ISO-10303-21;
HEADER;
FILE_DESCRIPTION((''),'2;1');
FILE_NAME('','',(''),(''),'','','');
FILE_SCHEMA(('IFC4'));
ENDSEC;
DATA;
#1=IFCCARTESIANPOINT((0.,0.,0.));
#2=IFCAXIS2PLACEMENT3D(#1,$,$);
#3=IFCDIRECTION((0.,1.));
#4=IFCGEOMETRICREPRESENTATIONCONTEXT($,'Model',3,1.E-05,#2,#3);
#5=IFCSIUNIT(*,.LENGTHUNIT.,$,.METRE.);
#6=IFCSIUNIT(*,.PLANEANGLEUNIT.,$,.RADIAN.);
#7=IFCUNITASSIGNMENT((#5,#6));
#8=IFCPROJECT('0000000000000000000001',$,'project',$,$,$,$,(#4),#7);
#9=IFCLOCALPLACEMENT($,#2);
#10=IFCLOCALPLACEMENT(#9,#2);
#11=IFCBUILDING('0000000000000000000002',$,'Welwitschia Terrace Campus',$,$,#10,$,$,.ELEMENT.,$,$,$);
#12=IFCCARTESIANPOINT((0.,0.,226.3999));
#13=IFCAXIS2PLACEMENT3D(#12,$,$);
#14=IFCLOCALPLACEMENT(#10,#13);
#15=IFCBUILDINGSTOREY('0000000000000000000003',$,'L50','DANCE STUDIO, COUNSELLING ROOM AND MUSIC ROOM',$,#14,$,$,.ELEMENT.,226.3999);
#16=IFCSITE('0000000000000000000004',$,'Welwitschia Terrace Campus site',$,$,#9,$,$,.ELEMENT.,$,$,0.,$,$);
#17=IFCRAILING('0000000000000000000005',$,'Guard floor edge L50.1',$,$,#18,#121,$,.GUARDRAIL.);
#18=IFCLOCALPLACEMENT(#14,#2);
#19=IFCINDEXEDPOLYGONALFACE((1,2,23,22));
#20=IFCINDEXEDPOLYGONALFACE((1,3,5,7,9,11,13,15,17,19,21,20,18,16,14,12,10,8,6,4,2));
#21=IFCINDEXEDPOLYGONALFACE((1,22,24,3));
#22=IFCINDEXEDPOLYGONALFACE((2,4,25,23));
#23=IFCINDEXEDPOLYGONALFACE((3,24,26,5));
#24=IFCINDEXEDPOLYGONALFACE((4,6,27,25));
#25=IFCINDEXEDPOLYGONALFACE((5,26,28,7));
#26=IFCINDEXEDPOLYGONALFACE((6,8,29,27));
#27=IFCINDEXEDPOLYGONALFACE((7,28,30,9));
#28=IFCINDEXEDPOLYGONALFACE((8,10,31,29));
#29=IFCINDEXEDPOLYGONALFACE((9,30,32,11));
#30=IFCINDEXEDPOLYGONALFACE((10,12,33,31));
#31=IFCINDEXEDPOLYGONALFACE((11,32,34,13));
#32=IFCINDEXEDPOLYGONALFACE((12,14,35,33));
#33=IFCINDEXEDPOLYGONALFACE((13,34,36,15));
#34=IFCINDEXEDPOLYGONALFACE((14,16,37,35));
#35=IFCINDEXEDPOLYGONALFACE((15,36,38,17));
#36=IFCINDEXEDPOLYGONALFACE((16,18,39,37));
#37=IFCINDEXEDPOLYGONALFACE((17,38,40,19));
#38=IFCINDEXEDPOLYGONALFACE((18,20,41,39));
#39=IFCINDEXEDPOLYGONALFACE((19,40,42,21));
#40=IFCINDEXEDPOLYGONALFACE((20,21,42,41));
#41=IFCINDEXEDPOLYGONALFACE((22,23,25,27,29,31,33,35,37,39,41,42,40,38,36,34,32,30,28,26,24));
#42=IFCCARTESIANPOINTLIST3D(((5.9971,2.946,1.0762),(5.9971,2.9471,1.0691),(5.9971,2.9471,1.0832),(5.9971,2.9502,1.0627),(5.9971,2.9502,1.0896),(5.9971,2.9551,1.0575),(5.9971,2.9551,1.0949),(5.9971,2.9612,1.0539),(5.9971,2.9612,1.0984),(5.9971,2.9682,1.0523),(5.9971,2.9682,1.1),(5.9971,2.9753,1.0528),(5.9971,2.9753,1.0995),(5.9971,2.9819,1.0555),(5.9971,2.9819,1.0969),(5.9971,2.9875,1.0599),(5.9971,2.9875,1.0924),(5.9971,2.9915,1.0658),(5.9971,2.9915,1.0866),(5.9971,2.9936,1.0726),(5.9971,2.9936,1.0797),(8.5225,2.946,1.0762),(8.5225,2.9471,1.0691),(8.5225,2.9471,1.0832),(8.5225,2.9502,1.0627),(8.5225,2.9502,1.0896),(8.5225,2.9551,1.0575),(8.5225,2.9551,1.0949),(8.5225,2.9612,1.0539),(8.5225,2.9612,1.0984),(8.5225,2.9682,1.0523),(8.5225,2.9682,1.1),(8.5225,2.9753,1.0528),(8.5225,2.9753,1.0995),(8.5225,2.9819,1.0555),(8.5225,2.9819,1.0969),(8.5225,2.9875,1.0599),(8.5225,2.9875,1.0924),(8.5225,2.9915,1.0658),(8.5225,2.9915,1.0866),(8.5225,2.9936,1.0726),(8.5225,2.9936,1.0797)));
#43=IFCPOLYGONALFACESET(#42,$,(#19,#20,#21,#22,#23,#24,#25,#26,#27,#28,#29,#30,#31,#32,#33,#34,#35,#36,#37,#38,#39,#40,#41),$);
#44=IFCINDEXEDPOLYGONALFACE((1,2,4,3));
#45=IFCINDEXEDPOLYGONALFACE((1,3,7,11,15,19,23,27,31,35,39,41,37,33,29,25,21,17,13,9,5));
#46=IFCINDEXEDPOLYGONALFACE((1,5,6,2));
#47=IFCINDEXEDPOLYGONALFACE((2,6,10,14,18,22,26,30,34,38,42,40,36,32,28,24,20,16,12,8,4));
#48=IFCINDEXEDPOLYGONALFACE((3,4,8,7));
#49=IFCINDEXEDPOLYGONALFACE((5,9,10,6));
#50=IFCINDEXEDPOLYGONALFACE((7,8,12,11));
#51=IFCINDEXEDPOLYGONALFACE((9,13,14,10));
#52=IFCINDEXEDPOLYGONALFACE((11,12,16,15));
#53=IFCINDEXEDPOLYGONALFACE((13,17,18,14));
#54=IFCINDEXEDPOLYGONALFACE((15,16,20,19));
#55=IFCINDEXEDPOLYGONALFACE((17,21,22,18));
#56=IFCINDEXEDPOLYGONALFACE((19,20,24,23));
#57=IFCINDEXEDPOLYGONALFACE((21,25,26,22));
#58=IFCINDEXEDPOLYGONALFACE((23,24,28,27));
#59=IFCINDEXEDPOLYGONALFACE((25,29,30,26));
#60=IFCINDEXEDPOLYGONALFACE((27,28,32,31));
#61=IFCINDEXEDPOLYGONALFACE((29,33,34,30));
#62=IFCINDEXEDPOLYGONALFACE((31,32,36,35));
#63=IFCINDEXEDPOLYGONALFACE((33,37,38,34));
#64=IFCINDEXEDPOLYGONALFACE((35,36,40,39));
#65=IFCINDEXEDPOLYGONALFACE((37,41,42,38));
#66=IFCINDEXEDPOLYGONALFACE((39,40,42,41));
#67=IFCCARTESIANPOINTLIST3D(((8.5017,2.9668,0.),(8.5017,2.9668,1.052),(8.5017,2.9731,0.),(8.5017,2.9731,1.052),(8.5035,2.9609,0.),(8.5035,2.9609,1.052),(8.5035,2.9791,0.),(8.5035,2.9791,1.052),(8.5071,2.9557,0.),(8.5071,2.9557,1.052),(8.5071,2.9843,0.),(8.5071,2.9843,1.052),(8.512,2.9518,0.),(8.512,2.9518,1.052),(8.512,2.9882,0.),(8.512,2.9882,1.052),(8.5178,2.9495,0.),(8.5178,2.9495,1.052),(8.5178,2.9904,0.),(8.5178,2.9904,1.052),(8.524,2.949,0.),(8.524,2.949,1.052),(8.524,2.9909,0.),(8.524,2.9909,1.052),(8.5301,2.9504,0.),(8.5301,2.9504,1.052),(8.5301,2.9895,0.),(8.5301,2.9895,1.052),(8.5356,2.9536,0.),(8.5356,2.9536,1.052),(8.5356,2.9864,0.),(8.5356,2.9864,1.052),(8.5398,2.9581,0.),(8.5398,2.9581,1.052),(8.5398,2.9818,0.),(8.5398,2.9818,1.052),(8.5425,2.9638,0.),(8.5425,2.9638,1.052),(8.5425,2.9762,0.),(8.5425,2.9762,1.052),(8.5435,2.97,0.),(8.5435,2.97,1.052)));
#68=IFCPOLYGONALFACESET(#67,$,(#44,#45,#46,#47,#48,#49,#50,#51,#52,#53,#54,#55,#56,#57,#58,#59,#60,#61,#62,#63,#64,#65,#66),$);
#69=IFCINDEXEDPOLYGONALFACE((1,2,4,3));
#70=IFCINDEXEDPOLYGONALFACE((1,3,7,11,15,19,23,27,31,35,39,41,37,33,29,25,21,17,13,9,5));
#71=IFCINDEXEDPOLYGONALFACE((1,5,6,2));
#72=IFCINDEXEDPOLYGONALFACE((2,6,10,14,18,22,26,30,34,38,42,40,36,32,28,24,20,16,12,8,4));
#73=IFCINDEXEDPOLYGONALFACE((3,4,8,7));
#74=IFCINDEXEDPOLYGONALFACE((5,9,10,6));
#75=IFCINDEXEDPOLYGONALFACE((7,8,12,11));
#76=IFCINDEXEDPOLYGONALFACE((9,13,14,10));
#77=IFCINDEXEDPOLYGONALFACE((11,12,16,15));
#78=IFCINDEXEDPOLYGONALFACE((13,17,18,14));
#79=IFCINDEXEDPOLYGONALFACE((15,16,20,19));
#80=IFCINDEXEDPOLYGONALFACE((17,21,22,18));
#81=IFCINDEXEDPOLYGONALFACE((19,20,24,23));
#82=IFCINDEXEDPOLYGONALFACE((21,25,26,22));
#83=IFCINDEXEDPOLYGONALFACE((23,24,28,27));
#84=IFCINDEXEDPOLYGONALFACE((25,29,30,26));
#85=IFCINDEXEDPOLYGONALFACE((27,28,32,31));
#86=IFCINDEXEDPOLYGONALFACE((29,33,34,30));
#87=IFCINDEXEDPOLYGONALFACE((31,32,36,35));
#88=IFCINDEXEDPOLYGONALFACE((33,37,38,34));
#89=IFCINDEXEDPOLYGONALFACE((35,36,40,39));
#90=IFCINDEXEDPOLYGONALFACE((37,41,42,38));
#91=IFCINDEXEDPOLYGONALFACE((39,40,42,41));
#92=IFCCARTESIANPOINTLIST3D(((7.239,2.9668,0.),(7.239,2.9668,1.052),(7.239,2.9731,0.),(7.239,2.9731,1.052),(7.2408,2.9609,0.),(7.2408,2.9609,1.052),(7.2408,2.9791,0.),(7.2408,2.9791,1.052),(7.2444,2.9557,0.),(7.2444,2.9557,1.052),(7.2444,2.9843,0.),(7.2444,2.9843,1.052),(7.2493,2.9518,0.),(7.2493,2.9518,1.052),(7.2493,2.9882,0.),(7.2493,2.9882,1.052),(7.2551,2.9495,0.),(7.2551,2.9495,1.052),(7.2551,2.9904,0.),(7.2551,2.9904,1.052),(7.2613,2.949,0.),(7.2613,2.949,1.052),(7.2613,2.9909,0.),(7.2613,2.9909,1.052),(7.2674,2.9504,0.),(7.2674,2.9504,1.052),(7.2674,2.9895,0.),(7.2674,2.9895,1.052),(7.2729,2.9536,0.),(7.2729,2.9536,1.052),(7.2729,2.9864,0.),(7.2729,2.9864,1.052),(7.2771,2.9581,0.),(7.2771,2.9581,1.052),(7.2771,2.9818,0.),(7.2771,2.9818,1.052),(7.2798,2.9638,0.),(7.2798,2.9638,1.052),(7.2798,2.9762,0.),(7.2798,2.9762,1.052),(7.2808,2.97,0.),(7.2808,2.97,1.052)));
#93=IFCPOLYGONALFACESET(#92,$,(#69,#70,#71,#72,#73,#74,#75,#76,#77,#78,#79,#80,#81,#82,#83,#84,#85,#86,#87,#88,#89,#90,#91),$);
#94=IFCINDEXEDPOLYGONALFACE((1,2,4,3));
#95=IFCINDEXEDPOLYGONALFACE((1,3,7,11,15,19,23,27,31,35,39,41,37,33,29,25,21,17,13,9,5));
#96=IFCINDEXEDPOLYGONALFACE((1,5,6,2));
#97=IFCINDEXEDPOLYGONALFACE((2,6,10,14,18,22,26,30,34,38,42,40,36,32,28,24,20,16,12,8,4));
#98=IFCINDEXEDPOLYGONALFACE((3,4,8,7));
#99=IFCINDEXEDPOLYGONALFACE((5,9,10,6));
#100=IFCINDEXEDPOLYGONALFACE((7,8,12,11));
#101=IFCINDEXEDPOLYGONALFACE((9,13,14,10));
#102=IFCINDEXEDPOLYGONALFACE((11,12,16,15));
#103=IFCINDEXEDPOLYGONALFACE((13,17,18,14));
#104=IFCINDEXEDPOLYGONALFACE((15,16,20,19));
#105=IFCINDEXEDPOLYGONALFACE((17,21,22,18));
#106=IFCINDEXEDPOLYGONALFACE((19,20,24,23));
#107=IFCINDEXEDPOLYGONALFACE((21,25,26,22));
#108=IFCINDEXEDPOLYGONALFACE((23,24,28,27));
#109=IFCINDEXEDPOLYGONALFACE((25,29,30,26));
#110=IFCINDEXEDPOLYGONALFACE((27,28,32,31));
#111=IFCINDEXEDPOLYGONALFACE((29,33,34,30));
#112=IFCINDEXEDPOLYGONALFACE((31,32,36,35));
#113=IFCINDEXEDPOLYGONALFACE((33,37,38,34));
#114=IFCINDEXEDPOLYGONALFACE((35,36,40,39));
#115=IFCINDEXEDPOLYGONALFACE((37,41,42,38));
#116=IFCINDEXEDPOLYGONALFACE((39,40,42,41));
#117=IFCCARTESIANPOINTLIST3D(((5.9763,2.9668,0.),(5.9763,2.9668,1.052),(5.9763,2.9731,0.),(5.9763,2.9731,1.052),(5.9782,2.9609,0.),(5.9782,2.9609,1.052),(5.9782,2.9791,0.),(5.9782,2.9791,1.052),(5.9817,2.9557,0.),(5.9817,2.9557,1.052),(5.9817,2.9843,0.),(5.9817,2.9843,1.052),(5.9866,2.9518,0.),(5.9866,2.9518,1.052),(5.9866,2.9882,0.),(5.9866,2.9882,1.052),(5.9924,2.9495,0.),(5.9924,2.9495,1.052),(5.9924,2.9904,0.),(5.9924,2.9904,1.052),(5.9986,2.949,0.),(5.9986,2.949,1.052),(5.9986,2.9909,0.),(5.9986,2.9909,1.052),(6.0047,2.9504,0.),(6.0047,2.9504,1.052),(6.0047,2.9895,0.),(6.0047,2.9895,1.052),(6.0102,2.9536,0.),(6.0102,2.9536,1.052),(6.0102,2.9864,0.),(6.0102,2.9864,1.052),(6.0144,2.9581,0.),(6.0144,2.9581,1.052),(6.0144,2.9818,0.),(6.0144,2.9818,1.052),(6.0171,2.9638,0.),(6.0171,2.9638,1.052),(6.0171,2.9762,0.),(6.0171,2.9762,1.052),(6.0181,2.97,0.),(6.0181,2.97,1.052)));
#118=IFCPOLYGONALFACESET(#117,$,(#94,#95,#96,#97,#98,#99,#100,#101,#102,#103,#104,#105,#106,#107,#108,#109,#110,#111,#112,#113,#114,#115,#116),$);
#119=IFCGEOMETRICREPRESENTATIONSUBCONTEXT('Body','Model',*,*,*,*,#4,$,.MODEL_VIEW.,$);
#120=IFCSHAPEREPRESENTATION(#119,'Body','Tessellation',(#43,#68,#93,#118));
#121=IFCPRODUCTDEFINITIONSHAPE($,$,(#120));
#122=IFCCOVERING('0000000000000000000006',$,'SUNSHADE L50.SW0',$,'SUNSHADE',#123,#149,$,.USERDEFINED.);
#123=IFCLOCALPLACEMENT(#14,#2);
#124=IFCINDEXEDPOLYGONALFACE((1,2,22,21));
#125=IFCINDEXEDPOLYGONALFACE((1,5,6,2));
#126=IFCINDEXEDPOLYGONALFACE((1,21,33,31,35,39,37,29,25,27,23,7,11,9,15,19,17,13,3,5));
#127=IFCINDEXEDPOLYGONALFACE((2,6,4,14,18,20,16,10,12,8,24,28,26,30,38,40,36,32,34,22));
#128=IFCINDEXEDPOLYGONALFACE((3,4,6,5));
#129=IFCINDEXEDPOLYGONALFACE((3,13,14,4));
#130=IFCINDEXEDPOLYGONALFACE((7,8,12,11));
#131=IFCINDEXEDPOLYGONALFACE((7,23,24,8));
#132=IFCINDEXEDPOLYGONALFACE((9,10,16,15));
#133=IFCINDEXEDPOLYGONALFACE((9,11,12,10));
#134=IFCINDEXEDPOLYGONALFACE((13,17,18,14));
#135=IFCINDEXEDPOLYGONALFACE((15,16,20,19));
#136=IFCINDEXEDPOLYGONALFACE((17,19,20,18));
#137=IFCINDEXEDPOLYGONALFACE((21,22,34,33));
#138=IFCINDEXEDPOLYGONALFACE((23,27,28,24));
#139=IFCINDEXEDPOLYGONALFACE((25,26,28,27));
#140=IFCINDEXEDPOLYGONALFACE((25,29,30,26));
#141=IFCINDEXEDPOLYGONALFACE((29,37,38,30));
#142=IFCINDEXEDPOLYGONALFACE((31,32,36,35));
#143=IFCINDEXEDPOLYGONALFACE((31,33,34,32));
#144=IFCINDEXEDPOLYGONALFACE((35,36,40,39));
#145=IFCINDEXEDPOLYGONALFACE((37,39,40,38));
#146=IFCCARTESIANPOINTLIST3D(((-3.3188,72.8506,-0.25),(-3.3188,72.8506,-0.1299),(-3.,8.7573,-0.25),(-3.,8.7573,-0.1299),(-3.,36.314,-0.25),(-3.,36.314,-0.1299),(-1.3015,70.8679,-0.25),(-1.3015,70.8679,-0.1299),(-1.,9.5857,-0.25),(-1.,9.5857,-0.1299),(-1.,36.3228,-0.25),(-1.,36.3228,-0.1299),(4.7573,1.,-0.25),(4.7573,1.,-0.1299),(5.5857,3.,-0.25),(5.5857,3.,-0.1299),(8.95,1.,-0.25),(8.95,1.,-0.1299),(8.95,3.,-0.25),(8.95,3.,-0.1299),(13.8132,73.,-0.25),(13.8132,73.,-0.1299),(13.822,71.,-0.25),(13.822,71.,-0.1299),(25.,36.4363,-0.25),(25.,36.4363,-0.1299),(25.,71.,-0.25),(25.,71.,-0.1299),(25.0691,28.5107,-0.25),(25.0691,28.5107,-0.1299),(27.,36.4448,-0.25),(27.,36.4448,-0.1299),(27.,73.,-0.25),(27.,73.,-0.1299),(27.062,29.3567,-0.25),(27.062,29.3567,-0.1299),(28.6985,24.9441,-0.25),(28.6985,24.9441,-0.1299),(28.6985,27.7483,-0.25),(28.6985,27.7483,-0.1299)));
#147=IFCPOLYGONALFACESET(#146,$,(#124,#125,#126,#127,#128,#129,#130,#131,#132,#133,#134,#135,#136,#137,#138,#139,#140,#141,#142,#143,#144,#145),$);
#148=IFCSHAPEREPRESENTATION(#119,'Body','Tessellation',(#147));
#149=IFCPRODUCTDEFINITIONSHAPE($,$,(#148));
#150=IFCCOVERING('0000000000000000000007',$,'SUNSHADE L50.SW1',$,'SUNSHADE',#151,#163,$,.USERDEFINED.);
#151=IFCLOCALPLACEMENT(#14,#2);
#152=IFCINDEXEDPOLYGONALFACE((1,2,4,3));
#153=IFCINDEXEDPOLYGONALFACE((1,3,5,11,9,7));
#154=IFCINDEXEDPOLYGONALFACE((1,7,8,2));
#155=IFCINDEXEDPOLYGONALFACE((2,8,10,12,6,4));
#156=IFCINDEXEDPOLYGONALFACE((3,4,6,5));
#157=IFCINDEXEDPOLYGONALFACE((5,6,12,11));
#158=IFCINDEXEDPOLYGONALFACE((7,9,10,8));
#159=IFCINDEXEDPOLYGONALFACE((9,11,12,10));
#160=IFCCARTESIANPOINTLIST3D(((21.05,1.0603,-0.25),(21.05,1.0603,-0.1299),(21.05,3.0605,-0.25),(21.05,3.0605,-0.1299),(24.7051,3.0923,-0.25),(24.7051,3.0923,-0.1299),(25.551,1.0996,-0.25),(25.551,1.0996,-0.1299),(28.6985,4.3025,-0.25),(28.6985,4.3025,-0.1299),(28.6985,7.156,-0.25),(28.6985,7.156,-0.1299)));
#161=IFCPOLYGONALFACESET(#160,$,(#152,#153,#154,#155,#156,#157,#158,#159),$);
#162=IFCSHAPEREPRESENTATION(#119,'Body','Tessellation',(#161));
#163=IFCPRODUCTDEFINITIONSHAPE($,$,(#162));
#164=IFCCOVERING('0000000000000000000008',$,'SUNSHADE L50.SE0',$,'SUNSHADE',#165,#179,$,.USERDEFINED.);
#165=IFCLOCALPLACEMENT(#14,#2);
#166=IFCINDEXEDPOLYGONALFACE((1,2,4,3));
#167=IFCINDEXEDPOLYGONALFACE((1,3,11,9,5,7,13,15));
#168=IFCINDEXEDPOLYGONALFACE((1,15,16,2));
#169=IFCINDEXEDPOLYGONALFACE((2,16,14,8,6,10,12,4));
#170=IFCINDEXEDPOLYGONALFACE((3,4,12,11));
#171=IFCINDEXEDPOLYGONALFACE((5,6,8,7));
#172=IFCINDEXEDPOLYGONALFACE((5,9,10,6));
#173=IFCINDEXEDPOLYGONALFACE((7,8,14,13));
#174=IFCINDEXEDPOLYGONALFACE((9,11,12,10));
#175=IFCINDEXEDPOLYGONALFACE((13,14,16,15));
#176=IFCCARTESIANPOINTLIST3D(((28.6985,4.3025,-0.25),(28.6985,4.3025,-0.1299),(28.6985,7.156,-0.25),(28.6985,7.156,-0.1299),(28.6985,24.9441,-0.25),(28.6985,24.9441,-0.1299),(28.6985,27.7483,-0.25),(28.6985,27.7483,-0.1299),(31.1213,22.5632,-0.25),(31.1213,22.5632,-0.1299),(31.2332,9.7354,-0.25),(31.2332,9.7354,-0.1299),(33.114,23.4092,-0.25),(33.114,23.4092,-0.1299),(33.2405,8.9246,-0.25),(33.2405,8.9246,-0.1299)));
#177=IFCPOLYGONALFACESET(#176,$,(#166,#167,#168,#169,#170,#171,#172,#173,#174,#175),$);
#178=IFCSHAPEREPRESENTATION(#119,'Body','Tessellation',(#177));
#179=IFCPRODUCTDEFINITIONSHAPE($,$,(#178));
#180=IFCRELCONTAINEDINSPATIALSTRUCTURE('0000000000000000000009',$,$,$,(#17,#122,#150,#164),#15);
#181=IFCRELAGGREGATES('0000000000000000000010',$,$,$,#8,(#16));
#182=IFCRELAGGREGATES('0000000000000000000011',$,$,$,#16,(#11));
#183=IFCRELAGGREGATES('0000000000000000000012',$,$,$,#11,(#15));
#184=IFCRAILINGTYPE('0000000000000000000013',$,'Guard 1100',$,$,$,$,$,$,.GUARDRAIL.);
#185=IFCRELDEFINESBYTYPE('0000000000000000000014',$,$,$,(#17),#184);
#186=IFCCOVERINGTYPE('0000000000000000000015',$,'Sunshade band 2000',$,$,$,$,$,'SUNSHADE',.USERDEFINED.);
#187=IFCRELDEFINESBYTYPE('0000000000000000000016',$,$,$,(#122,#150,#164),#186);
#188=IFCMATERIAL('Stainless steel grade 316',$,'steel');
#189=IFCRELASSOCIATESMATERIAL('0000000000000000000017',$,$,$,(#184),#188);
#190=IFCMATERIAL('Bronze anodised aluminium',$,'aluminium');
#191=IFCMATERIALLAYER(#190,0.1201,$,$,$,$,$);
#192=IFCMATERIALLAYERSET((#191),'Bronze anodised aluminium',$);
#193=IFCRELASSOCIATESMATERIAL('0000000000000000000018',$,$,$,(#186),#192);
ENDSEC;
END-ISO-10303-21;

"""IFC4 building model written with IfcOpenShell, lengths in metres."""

from ifc_helpers import new_model, si_unit, direction, frame, origin, origin_2d, place, context, subcontext, project, spatial, polyline, circle, outline, extrude, material, layer, layer_set, type_object, element, save


model = new_model("IFC4")

# Units and contexts
model_context = context("Model", 3, precision=1e-05, world=origin(), true_north=direction((0.0, 1.0)))
body_context = subcontext(model_context, "Body", "Model", "MODEL_VIEW")
ifc_project = project(units=[si_unit("LENGTHUNIT", "METRE"), si_unit("PLANEANGLEUNIT", "RADIAN")], contexts=[model_context])

# Site, building, storey
site_placement = place(None, origin())
site = spatial("IfcSite", under=ifc_project, at=site_placement, Name="Welwitschia Terrace Campus site", CompositionType="ELEMENT", RefElevation=0.0)
building_placement = place(site_placement, origin())
building = spatial("IfcBuilding", under=site, at=building_placement, Name="Welwitschia Terrace Campus", CompositionType="ELEMENT")
storey_placement = place(building_placement, frame((0.0, 0.0, 226.3999)))
storey = spatial("IfcBuildingStorey", under=building, at=storey_placement, Name="L50", Description="DANCE STUDIO, COUNSELLING ROOM AND MUSIC ROOM", CompositionType="ELEMENT", Elevation=226.3999)

# Railing
ifc_material_1 = material(Name="Stainless steel grade 316", Category="steel")
railing_type = type_object("IfcRailingType", Name="Guard 1100", PredefinedType="GUARDRAIL", material=ifc_material_1)
railing_placement = place(storey_placement, frame((8.5225, 2.97, 0.0)))
element("IfcRailing", 1, at=railing_placement, inside=storey, type_object=railing_type, Name="Guard floor edge L50.1", PredefinedType="GUARDRAIL", context=body_context, shape_type="SweptSolid", body=[
    extrude(circle(Radius=0.0239, at=origin_2d()), frame((0.0, 0.0, 1.0762), z_axis=(-1.0, 0.0, 0.0), x_axis=(0.0, -1.0, 0.0)), (0.0, 0.0, 1.0), 2.5254),
    extrude(circle(Radius=0.021, at=origin_2d()), origin(), (0.0, 0.0, 1.0), 1.052),
    extrude(circle(Radius=0.021, at=origin_2d()), frame((-1.2627, 0.0, 0.0)), (0.0, 0.0, 1.0), 1.052),
    extrude(circle(Radius=0.021, at=origin_2d()), frame((-2.5254, 0.0, 0.0)), (0.0, 0.0, 1.0), 1.052),
])

# Coverings
ifc_material_2 = material(Name="Bronze anodised aluminium", Category="aluminium")
ifc_layer_1 = layer(ifc_material_2, 0.1201)
ifc_layer_set_1 = layer_set([ifc_layer_1], Name="Bronze anodised aluminium")
covering_type_1 = type_object("IfcCoveringType", Name="Sunshade band 2000", ElementType="SUNSHADE", PredefinedType="USERDEFINED", material=ifc_layer_set_1)
covering_1_placement = place(storey_placement, frame((0.0, 0.0, -0.25)))
element("IfcCovering", 2, at=covering_1_placement, inside=storey, type_object=covering_type_1, Name="SUNSHADE L50.SW0", ObjectType="SUNSHADE", PredefinedType="USERDEFINED", context=body_context, shape_type="SweptSolid", body=[
    extrude(outline(polyline([(27.0, 36.4448), (27.062, 29.3567), (28.6985, 27.7483), (28.6985, 24.9441), (25.0691, 28.5107), (25.0, 36.4363), (25.0, 71.0), (13.822, 71.0), (-1.3015, 70.8679), (-1.0, 36.3228), (-1.0, 9.5857), (5.5857, 3.0), (8.95, 3.0), (8.95, 1.0), (4.7573, 1.0), (-3.0, 8.7573), (-3.0, 36.314), (-3.3188, 72.8506), (13.8132, 73.0), (27.0, 73.0), (27.0, 36.4448)])), origin(), (0.0, 0.0, 1.0), 0.1201),
])
covering_2_placement = place(storey_placement, frame((0.0, 0.0, -0.25)))
element("IfcCovering", 3, at=covering_2_placement, inside=storey, type_object=covering_type_1, Name="SUNSHADE L50.SW1", ObjectType="SUNSHADE", PredefinedType="USERDEFINED", context=body_context, shape_type="SweptSolid", body=[
    extrude(outline(polyline([(25.551, 1.0996), (21.05, 1.0603), (21.05, 3.0605), (24.7051, 3.0923), (28.6985, 7.156), (28.6985, 4.3025), (25.551, 1.0996)])), origin(), (0.0, 0.0, 1.0), 0.1201),
])
covering_3_placement = place(storey_placement, frame((0.0, 0.0, -0.25)))
element("IfcCovering", 4, at=covering_3_placement, inside=storey, type_object=covering_type_1, Name="SUNSHADE L50.SE0", ObjectType="SUNSHADE", PredefinedType="USERDEFINED", context=body_context, shape_type="SweptSolid", body=[
    extrude(outline(polyline([(33.114, 23.4092), (33.2405, 8.9246), (28.6985, 4.3025), (28.6985, 7.156), (31.2332, 9.7354), (31.1213, 22.5632), (28.6985, 24.9441), (28.6985, 27.7483), (33.114, 23.4092)])), origin(), (0.0, 0.0, 1.0), 0.1201),
])

save(model, "model.ifc")
